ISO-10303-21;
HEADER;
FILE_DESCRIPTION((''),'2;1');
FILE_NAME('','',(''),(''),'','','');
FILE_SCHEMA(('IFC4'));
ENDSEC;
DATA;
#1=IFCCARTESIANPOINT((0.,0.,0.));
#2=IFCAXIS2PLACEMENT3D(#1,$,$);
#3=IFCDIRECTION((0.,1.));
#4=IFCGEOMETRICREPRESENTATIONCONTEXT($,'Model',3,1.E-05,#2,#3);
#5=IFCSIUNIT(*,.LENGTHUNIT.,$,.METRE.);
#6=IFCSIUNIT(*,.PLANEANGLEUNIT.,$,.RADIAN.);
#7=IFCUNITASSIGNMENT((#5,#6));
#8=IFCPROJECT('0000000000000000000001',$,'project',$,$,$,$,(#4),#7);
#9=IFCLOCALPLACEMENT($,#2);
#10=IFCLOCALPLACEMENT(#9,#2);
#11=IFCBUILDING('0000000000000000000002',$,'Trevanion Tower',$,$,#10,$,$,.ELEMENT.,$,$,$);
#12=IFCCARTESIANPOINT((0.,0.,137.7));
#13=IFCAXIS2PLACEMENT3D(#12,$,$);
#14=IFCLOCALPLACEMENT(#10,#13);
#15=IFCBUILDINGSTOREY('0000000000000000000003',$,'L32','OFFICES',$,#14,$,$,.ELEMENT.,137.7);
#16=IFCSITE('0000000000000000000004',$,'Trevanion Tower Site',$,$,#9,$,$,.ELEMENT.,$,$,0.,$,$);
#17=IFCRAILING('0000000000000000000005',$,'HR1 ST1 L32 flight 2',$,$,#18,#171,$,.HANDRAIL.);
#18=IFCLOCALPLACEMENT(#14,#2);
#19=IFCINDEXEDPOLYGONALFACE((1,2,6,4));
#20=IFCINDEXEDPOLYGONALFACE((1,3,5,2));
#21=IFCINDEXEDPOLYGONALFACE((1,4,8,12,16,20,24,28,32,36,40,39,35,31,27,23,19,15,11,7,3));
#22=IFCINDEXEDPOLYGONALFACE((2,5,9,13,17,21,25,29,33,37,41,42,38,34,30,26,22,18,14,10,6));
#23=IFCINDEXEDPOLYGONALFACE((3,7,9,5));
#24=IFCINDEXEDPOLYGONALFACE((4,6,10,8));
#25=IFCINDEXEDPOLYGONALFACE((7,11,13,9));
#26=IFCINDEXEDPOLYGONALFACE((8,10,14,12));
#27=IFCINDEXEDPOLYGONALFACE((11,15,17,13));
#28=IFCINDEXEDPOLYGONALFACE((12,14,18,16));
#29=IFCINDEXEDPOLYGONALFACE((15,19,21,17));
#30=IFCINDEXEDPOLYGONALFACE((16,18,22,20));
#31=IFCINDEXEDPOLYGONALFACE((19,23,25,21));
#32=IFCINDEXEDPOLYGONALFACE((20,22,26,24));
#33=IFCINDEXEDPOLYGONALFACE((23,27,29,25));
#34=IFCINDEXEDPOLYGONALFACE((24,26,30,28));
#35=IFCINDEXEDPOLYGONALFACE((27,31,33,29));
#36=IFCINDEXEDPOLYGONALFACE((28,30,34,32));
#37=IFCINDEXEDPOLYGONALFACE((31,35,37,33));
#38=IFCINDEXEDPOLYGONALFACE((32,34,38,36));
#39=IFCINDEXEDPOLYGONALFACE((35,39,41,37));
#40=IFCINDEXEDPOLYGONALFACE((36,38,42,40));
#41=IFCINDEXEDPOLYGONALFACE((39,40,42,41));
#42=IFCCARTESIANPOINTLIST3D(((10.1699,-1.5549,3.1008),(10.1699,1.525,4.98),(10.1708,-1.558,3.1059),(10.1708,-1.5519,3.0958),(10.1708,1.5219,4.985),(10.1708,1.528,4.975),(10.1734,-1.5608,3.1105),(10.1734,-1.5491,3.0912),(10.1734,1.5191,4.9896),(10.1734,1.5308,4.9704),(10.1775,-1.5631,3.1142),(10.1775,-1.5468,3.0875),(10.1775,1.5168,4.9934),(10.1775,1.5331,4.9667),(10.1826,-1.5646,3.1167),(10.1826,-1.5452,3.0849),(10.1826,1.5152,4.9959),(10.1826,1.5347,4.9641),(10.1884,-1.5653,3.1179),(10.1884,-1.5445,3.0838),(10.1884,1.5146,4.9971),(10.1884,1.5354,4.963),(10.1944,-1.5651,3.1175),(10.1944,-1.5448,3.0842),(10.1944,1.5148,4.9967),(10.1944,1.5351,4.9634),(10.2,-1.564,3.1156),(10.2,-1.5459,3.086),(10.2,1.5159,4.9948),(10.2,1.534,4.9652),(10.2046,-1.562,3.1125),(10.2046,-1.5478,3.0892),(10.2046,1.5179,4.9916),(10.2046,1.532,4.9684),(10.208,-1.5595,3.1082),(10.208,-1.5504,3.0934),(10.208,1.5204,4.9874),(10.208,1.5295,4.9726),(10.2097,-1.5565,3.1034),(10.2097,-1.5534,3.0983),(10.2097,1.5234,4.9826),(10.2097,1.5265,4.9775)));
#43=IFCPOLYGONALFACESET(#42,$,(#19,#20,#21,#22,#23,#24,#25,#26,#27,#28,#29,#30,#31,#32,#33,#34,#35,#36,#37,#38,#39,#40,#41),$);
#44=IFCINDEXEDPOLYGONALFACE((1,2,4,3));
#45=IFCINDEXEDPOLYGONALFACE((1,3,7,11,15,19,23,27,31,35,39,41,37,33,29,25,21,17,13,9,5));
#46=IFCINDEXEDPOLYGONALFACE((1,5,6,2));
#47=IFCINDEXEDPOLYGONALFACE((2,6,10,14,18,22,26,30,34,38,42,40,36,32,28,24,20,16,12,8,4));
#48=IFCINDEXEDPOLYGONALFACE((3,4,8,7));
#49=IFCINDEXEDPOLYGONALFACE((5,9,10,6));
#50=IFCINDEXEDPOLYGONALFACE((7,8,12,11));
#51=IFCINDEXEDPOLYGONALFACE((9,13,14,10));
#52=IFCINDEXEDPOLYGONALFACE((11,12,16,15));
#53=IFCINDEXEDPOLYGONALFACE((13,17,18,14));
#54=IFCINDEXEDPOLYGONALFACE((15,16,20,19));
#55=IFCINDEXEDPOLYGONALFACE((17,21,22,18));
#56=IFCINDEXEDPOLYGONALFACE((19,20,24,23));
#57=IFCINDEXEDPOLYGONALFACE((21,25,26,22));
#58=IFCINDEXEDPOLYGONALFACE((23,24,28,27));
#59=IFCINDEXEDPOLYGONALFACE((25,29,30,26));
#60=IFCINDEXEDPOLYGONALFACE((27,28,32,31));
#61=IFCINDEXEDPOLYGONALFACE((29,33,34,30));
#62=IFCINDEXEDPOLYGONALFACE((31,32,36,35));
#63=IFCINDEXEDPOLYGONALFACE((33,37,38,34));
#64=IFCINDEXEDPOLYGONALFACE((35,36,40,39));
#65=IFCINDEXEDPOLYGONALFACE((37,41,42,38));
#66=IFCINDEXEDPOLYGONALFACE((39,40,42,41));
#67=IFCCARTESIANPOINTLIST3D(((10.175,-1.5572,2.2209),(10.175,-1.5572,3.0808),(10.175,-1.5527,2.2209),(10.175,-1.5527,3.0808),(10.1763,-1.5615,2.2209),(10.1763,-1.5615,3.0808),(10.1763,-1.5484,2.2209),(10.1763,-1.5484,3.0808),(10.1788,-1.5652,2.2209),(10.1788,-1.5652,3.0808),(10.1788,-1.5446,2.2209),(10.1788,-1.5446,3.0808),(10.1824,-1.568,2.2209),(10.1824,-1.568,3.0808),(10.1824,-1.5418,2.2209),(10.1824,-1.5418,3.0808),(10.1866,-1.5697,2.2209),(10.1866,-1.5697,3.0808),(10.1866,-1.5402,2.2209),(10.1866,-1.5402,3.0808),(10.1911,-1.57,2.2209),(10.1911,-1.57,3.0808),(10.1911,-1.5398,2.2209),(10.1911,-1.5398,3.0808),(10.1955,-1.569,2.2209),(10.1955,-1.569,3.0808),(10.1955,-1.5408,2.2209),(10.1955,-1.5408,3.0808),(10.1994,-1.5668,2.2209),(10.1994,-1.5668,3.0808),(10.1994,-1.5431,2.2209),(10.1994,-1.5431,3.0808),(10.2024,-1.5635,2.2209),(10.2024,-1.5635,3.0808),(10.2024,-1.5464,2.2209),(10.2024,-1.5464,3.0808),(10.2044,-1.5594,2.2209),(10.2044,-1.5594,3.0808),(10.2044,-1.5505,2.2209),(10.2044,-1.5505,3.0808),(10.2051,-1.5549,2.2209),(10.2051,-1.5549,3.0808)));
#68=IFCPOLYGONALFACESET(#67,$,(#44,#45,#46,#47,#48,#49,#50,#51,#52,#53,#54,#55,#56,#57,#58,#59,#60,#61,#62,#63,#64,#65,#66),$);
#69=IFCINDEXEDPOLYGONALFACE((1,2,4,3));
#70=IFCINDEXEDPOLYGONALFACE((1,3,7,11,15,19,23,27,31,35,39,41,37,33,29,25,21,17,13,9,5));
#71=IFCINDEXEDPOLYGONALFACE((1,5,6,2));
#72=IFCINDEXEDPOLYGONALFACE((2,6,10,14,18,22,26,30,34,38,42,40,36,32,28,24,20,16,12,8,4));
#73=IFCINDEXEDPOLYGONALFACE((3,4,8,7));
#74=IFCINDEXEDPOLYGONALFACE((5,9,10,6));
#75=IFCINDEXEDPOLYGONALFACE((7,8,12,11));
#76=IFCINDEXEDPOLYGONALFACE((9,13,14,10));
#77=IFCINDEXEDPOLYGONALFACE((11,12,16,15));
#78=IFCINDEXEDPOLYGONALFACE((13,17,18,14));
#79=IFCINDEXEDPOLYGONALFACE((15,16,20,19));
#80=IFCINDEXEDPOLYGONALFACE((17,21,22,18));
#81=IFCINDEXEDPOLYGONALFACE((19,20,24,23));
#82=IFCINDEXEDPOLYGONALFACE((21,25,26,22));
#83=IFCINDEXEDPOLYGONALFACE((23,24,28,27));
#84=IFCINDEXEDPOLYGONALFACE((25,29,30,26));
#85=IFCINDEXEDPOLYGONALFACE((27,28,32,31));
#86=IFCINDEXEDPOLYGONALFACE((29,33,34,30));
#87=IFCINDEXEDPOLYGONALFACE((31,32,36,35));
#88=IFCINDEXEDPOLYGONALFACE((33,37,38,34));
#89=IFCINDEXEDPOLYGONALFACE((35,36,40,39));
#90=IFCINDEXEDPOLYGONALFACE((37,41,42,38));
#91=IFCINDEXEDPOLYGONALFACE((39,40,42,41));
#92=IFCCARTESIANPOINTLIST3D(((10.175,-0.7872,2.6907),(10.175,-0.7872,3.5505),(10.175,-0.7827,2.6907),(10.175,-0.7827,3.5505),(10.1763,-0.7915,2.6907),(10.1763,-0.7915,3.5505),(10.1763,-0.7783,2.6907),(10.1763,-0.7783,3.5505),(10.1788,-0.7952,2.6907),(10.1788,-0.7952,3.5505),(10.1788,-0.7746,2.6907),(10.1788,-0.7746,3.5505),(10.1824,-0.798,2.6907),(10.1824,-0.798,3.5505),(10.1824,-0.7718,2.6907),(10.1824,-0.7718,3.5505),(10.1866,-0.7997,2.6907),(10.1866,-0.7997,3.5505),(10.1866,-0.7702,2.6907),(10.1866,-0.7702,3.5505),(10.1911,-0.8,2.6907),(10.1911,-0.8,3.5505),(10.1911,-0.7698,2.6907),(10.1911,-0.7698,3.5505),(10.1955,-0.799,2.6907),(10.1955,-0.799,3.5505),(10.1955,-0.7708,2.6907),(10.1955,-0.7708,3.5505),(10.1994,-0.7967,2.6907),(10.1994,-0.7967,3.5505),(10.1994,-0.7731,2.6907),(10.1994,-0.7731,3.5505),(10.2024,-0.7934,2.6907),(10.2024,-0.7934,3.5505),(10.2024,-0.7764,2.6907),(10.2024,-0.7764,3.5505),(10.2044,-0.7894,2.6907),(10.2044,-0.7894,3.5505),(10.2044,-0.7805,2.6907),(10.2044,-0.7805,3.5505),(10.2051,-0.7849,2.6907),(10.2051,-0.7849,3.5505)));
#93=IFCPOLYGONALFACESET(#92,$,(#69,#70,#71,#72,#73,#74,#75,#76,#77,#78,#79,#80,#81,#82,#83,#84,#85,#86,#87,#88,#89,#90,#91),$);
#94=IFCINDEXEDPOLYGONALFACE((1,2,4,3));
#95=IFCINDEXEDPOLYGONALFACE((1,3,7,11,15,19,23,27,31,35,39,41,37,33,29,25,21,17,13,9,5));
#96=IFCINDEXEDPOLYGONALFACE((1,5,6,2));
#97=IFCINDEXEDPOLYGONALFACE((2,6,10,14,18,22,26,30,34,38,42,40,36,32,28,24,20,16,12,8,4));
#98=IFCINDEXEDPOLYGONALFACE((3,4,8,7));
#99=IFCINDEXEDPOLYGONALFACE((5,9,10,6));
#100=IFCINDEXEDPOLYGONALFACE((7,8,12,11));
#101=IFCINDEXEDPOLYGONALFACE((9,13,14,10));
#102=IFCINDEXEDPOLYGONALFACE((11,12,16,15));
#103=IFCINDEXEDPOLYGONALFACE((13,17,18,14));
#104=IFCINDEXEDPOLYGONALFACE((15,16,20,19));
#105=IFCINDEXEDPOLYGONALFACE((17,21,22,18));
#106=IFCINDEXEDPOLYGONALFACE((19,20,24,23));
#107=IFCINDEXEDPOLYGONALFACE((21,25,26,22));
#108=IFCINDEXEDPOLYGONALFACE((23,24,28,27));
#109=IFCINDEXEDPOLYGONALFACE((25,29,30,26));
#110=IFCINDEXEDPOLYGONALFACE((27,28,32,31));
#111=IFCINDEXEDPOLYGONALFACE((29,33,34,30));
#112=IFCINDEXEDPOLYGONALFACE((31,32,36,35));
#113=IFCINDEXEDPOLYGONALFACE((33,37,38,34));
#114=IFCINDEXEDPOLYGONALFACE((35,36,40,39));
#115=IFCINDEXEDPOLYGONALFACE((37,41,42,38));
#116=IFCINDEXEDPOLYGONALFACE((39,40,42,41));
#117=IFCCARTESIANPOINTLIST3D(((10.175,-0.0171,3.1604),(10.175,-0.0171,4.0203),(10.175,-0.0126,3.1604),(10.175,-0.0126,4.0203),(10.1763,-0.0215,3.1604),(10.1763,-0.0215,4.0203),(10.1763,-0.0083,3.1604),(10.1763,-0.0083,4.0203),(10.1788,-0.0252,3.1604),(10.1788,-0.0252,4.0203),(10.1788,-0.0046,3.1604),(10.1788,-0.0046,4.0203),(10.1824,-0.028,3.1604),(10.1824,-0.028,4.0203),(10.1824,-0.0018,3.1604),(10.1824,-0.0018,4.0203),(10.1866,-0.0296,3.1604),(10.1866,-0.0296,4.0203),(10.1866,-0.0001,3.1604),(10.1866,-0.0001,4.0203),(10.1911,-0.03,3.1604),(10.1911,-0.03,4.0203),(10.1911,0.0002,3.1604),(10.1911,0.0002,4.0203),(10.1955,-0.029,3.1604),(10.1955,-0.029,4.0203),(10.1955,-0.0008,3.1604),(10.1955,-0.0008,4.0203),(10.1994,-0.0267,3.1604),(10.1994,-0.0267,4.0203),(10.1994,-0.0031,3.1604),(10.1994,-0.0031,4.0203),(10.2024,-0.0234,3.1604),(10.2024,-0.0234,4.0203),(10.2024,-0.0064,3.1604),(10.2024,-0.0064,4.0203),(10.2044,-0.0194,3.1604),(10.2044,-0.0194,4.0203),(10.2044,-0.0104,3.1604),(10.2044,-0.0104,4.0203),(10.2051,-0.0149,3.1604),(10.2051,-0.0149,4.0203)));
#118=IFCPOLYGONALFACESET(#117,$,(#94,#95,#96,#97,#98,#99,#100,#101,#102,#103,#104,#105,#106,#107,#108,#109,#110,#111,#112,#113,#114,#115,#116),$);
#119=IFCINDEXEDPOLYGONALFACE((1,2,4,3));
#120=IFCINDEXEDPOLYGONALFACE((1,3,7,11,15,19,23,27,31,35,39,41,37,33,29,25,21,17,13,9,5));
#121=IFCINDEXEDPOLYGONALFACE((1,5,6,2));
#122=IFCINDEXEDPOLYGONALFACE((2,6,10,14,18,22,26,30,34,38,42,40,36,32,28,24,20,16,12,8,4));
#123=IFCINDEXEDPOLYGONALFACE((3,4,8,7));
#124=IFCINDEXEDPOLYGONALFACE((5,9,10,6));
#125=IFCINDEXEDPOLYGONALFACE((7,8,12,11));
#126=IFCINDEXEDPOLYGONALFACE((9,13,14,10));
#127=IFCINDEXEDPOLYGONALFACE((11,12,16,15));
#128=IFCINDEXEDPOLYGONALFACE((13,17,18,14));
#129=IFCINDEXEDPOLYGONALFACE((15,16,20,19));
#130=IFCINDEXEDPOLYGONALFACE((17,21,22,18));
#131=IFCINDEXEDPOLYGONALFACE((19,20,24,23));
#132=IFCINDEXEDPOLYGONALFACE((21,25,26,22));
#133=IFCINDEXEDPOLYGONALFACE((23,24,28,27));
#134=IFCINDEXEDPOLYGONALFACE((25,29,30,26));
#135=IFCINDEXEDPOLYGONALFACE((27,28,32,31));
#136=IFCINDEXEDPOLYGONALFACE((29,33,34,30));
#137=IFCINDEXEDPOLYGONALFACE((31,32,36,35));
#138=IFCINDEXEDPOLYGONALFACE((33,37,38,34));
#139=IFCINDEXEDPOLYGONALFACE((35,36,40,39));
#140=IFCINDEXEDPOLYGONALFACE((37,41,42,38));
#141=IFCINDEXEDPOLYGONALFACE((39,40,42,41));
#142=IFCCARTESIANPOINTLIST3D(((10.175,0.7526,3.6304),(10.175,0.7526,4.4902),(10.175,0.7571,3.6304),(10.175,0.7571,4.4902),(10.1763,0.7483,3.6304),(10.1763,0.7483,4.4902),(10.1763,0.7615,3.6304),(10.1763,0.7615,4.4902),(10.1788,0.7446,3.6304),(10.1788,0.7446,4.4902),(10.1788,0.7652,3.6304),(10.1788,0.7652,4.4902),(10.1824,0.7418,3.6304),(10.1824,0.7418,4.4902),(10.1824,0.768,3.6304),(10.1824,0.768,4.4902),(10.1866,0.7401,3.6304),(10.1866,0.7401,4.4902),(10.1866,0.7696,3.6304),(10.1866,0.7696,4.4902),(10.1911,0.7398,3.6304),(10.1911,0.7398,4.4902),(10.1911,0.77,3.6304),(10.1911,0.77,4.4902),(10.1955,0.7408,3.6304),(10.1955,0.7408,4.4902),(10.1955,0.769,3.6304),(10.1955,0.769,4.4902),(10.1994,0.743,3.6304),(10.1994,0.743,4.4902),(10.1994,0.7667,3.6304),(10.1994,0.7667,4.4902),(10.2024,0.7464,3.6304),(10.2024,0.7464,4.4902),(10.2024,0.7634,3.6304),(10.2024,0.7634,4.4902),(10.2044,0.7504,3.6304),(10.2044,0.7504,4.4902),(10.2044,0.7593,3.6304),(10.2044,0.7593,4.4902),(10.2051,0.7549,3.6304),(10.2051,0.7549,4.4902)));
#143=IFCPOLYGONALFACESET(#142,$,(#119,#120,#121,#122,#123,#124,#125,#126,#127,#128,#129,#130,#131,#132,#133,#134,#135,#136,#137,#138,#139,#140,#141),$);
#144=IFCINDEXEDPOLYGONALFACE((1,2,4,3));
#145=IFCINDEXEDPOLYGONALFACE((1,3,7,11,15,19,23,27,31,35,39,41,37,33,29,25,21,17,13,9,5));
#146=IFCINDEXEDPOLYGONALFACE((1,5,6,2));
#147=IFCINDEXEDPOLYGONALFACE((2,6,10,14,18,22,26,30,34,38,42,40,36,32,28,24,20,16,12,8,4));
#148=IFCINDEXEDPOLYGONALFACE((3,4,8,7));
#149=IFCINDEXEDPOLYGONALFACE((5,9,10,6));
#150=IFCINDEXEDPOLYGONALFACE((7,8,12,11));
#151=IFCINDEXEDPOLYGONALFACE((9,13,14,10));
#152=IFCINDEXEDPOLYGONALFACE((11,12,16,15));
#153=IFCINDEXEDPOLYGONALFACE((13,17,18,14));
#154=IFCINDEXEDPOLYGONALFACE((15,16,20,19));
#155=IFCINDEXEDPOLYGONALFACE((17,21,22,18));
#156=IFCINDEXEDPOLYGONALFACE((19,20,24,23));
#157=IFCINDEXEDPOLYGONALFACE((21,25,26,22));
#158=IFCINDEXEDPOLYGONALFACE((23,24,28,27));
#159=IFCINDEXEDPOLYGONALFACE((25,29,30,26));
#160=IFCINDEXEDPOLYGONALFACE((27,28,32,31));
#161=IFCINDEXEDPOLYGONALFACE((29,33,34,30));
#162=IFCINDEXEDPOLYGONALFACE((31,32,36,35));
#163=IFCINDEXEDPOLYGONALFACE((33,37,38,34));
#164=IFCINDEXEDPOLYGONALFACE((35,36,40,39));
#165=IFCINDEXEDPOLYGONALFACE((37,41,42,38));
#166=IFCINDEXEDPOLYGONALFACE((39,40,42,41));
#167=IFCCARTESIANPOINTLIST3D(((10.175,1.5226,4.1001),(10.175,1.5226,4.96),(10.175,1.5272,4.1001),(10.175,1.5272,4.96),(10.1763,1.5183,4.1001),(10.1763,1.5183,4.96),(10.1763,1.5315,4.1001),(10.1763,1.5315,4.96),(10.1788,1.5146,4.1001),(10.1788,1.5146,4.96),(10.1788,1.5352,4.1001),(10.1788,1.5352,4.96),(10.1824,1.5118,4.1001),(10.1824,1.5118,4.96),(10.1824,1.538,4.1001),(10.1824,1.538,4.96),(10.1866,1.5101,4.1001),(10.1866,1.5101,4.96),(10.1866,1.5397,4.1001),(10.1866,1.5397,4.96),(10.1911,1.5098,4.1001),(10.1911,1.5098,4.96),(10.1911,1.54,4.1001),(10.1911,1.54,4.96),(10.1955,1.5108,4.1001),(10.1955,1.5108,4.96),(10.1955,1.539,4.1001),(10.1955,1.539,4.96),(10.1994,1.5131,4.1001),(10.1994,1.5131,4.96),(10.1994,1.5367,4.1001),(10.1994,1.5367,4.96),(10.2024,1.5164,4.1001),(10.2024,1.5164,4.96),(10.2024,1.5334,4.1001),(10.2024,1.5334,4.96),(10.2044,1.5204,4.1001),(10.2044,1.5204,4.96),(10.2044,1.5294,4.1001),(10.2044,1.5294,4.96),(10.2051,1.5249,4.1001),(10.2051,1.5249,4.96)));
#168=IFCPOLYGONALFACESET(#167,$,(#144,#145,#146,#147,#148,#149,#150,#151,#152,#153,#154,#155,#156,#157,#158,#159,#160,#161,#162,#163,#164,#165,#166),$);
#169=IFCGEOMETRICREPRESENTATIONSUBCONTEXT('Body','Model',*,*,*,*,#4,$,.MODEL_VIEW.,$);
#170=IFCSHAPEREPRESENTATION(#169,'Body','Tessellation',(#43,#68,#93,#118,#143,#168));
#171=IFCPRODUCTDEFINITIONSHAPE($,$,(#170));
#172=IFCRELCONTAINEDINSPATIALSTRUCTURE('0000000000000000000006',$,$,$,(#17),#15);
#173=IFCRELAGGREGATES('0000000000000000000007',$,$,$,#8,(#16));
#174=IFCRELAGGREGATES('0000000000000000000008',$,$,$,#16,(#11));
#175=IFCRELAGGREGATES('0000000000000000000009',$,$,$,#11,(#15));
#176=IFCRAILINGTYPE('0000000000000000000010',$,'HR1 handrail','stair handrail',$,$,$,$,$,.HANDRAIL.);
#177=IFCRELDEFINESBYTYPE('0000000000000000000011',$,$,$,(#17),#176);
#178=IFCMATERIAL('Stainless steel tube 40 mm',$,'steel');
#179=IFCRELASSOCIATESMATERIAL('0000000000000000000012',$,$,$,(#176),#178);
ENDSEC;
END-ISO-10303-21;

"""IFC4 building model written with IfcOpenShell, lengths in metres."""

from ifc_helpers import new_model, si_unit, direction, frame, origin, origin_2d, place, context, subcontext, project, spatial, circle, extrude, material, type_object, element, save


model = new_model("IFC4")

# Units and contexts
model_context = context("Model", 3, precision=1e-05, world=origin(), true_north=direction((0.0, 1.0)))
body_context = subcontext(model_context, "Body", "Model", "MODEL_VIEW")
ifc_project = project(units=[si_unit("LENGTHUNIT", "METRE"), si_unit("PLANEANGLEUNIT", "RADIAN")], contexts=[model_context])

# Site, building, storey
site_placement = place(None, origin())
site = spatial("IfcSite", under=ifc_project, at=site_placement, Name="Trevanion Tower Site", CompositionType="ELEMENT", RefElevation=0.0)
building_placement = place(site_placement, origin())
building = spatial("IfcBuilding", under=site, at=building_placement, Name="Trevanion Tower", CompositionType="ELEMENT")
storey_placement = place(building_placement, frame((0.0, 0.0, 137.7)))
storey = spatial("IfcBuildingStorey", under=building, at=storey_placement, Name="L32", Description="OFFICES", CompositionType="ELEMENT", Elevation=137.7)

# Railing
ifc_material_1 = material(Name="Stainless steel tube 40 mm", Category="steel")
railing_type = type_object("IfcRailingType", Name="HR1 handrail", Description="stair handrail", PredefinedType="HANDRAIL", material=ifc_material_1)
for number, where, name in (
    (1, (10.1899, -1.5549, 2.2209), "HR1 ST1 L32 flight 2"),
):
    element("IfcRailing", number, at=place(storey_placement, frame(where)), inside=storey, type_object=railing_type, Name=name, PredefinedType="HANDRAIL", context=body_context, shape_type="SweptSolid", body=[
        extrude(circle(Radius=0.02, at=origin_2d()), frame((0.0, 0.0, 0.8799), z_axis=(0.0, 0.853648, 0.52085), x_axis=(-1.0, 0.0, 0.0)), (0.0, 0.0, 1.0), 3.6079),
        extrude(circle(Radius=0.0151, at=origin_2d()), origin(), (0.0, 0.0, 1.0), 0.8599),
        extrude(circle(Radius=0.0151, at=origin_2d()), frame((0.0, 0.77, 0.4697)), (0.0, 0.0, 1.0), 0.8599),
        extrude(circle(Radius=0.0151, at=origin_2d()), frame((0.0, 1.54, 0.9395)), (0.0, 0.0, 1.0), 0.8599),
        extrude(circle(Radius=0.0151, at=origin_2d()), frame((0.0, 2.3098, 1.4094)), (0.0, 0.0, 1.0), 0.8599),
        extrude(circle(Radius=0.0151, at=origin_2d()), frame((0.0, 3.0798, 1.8792)), (0.0, 0.0, 1.0), 0.8599),
    ])

save(model, "model.ifc")
